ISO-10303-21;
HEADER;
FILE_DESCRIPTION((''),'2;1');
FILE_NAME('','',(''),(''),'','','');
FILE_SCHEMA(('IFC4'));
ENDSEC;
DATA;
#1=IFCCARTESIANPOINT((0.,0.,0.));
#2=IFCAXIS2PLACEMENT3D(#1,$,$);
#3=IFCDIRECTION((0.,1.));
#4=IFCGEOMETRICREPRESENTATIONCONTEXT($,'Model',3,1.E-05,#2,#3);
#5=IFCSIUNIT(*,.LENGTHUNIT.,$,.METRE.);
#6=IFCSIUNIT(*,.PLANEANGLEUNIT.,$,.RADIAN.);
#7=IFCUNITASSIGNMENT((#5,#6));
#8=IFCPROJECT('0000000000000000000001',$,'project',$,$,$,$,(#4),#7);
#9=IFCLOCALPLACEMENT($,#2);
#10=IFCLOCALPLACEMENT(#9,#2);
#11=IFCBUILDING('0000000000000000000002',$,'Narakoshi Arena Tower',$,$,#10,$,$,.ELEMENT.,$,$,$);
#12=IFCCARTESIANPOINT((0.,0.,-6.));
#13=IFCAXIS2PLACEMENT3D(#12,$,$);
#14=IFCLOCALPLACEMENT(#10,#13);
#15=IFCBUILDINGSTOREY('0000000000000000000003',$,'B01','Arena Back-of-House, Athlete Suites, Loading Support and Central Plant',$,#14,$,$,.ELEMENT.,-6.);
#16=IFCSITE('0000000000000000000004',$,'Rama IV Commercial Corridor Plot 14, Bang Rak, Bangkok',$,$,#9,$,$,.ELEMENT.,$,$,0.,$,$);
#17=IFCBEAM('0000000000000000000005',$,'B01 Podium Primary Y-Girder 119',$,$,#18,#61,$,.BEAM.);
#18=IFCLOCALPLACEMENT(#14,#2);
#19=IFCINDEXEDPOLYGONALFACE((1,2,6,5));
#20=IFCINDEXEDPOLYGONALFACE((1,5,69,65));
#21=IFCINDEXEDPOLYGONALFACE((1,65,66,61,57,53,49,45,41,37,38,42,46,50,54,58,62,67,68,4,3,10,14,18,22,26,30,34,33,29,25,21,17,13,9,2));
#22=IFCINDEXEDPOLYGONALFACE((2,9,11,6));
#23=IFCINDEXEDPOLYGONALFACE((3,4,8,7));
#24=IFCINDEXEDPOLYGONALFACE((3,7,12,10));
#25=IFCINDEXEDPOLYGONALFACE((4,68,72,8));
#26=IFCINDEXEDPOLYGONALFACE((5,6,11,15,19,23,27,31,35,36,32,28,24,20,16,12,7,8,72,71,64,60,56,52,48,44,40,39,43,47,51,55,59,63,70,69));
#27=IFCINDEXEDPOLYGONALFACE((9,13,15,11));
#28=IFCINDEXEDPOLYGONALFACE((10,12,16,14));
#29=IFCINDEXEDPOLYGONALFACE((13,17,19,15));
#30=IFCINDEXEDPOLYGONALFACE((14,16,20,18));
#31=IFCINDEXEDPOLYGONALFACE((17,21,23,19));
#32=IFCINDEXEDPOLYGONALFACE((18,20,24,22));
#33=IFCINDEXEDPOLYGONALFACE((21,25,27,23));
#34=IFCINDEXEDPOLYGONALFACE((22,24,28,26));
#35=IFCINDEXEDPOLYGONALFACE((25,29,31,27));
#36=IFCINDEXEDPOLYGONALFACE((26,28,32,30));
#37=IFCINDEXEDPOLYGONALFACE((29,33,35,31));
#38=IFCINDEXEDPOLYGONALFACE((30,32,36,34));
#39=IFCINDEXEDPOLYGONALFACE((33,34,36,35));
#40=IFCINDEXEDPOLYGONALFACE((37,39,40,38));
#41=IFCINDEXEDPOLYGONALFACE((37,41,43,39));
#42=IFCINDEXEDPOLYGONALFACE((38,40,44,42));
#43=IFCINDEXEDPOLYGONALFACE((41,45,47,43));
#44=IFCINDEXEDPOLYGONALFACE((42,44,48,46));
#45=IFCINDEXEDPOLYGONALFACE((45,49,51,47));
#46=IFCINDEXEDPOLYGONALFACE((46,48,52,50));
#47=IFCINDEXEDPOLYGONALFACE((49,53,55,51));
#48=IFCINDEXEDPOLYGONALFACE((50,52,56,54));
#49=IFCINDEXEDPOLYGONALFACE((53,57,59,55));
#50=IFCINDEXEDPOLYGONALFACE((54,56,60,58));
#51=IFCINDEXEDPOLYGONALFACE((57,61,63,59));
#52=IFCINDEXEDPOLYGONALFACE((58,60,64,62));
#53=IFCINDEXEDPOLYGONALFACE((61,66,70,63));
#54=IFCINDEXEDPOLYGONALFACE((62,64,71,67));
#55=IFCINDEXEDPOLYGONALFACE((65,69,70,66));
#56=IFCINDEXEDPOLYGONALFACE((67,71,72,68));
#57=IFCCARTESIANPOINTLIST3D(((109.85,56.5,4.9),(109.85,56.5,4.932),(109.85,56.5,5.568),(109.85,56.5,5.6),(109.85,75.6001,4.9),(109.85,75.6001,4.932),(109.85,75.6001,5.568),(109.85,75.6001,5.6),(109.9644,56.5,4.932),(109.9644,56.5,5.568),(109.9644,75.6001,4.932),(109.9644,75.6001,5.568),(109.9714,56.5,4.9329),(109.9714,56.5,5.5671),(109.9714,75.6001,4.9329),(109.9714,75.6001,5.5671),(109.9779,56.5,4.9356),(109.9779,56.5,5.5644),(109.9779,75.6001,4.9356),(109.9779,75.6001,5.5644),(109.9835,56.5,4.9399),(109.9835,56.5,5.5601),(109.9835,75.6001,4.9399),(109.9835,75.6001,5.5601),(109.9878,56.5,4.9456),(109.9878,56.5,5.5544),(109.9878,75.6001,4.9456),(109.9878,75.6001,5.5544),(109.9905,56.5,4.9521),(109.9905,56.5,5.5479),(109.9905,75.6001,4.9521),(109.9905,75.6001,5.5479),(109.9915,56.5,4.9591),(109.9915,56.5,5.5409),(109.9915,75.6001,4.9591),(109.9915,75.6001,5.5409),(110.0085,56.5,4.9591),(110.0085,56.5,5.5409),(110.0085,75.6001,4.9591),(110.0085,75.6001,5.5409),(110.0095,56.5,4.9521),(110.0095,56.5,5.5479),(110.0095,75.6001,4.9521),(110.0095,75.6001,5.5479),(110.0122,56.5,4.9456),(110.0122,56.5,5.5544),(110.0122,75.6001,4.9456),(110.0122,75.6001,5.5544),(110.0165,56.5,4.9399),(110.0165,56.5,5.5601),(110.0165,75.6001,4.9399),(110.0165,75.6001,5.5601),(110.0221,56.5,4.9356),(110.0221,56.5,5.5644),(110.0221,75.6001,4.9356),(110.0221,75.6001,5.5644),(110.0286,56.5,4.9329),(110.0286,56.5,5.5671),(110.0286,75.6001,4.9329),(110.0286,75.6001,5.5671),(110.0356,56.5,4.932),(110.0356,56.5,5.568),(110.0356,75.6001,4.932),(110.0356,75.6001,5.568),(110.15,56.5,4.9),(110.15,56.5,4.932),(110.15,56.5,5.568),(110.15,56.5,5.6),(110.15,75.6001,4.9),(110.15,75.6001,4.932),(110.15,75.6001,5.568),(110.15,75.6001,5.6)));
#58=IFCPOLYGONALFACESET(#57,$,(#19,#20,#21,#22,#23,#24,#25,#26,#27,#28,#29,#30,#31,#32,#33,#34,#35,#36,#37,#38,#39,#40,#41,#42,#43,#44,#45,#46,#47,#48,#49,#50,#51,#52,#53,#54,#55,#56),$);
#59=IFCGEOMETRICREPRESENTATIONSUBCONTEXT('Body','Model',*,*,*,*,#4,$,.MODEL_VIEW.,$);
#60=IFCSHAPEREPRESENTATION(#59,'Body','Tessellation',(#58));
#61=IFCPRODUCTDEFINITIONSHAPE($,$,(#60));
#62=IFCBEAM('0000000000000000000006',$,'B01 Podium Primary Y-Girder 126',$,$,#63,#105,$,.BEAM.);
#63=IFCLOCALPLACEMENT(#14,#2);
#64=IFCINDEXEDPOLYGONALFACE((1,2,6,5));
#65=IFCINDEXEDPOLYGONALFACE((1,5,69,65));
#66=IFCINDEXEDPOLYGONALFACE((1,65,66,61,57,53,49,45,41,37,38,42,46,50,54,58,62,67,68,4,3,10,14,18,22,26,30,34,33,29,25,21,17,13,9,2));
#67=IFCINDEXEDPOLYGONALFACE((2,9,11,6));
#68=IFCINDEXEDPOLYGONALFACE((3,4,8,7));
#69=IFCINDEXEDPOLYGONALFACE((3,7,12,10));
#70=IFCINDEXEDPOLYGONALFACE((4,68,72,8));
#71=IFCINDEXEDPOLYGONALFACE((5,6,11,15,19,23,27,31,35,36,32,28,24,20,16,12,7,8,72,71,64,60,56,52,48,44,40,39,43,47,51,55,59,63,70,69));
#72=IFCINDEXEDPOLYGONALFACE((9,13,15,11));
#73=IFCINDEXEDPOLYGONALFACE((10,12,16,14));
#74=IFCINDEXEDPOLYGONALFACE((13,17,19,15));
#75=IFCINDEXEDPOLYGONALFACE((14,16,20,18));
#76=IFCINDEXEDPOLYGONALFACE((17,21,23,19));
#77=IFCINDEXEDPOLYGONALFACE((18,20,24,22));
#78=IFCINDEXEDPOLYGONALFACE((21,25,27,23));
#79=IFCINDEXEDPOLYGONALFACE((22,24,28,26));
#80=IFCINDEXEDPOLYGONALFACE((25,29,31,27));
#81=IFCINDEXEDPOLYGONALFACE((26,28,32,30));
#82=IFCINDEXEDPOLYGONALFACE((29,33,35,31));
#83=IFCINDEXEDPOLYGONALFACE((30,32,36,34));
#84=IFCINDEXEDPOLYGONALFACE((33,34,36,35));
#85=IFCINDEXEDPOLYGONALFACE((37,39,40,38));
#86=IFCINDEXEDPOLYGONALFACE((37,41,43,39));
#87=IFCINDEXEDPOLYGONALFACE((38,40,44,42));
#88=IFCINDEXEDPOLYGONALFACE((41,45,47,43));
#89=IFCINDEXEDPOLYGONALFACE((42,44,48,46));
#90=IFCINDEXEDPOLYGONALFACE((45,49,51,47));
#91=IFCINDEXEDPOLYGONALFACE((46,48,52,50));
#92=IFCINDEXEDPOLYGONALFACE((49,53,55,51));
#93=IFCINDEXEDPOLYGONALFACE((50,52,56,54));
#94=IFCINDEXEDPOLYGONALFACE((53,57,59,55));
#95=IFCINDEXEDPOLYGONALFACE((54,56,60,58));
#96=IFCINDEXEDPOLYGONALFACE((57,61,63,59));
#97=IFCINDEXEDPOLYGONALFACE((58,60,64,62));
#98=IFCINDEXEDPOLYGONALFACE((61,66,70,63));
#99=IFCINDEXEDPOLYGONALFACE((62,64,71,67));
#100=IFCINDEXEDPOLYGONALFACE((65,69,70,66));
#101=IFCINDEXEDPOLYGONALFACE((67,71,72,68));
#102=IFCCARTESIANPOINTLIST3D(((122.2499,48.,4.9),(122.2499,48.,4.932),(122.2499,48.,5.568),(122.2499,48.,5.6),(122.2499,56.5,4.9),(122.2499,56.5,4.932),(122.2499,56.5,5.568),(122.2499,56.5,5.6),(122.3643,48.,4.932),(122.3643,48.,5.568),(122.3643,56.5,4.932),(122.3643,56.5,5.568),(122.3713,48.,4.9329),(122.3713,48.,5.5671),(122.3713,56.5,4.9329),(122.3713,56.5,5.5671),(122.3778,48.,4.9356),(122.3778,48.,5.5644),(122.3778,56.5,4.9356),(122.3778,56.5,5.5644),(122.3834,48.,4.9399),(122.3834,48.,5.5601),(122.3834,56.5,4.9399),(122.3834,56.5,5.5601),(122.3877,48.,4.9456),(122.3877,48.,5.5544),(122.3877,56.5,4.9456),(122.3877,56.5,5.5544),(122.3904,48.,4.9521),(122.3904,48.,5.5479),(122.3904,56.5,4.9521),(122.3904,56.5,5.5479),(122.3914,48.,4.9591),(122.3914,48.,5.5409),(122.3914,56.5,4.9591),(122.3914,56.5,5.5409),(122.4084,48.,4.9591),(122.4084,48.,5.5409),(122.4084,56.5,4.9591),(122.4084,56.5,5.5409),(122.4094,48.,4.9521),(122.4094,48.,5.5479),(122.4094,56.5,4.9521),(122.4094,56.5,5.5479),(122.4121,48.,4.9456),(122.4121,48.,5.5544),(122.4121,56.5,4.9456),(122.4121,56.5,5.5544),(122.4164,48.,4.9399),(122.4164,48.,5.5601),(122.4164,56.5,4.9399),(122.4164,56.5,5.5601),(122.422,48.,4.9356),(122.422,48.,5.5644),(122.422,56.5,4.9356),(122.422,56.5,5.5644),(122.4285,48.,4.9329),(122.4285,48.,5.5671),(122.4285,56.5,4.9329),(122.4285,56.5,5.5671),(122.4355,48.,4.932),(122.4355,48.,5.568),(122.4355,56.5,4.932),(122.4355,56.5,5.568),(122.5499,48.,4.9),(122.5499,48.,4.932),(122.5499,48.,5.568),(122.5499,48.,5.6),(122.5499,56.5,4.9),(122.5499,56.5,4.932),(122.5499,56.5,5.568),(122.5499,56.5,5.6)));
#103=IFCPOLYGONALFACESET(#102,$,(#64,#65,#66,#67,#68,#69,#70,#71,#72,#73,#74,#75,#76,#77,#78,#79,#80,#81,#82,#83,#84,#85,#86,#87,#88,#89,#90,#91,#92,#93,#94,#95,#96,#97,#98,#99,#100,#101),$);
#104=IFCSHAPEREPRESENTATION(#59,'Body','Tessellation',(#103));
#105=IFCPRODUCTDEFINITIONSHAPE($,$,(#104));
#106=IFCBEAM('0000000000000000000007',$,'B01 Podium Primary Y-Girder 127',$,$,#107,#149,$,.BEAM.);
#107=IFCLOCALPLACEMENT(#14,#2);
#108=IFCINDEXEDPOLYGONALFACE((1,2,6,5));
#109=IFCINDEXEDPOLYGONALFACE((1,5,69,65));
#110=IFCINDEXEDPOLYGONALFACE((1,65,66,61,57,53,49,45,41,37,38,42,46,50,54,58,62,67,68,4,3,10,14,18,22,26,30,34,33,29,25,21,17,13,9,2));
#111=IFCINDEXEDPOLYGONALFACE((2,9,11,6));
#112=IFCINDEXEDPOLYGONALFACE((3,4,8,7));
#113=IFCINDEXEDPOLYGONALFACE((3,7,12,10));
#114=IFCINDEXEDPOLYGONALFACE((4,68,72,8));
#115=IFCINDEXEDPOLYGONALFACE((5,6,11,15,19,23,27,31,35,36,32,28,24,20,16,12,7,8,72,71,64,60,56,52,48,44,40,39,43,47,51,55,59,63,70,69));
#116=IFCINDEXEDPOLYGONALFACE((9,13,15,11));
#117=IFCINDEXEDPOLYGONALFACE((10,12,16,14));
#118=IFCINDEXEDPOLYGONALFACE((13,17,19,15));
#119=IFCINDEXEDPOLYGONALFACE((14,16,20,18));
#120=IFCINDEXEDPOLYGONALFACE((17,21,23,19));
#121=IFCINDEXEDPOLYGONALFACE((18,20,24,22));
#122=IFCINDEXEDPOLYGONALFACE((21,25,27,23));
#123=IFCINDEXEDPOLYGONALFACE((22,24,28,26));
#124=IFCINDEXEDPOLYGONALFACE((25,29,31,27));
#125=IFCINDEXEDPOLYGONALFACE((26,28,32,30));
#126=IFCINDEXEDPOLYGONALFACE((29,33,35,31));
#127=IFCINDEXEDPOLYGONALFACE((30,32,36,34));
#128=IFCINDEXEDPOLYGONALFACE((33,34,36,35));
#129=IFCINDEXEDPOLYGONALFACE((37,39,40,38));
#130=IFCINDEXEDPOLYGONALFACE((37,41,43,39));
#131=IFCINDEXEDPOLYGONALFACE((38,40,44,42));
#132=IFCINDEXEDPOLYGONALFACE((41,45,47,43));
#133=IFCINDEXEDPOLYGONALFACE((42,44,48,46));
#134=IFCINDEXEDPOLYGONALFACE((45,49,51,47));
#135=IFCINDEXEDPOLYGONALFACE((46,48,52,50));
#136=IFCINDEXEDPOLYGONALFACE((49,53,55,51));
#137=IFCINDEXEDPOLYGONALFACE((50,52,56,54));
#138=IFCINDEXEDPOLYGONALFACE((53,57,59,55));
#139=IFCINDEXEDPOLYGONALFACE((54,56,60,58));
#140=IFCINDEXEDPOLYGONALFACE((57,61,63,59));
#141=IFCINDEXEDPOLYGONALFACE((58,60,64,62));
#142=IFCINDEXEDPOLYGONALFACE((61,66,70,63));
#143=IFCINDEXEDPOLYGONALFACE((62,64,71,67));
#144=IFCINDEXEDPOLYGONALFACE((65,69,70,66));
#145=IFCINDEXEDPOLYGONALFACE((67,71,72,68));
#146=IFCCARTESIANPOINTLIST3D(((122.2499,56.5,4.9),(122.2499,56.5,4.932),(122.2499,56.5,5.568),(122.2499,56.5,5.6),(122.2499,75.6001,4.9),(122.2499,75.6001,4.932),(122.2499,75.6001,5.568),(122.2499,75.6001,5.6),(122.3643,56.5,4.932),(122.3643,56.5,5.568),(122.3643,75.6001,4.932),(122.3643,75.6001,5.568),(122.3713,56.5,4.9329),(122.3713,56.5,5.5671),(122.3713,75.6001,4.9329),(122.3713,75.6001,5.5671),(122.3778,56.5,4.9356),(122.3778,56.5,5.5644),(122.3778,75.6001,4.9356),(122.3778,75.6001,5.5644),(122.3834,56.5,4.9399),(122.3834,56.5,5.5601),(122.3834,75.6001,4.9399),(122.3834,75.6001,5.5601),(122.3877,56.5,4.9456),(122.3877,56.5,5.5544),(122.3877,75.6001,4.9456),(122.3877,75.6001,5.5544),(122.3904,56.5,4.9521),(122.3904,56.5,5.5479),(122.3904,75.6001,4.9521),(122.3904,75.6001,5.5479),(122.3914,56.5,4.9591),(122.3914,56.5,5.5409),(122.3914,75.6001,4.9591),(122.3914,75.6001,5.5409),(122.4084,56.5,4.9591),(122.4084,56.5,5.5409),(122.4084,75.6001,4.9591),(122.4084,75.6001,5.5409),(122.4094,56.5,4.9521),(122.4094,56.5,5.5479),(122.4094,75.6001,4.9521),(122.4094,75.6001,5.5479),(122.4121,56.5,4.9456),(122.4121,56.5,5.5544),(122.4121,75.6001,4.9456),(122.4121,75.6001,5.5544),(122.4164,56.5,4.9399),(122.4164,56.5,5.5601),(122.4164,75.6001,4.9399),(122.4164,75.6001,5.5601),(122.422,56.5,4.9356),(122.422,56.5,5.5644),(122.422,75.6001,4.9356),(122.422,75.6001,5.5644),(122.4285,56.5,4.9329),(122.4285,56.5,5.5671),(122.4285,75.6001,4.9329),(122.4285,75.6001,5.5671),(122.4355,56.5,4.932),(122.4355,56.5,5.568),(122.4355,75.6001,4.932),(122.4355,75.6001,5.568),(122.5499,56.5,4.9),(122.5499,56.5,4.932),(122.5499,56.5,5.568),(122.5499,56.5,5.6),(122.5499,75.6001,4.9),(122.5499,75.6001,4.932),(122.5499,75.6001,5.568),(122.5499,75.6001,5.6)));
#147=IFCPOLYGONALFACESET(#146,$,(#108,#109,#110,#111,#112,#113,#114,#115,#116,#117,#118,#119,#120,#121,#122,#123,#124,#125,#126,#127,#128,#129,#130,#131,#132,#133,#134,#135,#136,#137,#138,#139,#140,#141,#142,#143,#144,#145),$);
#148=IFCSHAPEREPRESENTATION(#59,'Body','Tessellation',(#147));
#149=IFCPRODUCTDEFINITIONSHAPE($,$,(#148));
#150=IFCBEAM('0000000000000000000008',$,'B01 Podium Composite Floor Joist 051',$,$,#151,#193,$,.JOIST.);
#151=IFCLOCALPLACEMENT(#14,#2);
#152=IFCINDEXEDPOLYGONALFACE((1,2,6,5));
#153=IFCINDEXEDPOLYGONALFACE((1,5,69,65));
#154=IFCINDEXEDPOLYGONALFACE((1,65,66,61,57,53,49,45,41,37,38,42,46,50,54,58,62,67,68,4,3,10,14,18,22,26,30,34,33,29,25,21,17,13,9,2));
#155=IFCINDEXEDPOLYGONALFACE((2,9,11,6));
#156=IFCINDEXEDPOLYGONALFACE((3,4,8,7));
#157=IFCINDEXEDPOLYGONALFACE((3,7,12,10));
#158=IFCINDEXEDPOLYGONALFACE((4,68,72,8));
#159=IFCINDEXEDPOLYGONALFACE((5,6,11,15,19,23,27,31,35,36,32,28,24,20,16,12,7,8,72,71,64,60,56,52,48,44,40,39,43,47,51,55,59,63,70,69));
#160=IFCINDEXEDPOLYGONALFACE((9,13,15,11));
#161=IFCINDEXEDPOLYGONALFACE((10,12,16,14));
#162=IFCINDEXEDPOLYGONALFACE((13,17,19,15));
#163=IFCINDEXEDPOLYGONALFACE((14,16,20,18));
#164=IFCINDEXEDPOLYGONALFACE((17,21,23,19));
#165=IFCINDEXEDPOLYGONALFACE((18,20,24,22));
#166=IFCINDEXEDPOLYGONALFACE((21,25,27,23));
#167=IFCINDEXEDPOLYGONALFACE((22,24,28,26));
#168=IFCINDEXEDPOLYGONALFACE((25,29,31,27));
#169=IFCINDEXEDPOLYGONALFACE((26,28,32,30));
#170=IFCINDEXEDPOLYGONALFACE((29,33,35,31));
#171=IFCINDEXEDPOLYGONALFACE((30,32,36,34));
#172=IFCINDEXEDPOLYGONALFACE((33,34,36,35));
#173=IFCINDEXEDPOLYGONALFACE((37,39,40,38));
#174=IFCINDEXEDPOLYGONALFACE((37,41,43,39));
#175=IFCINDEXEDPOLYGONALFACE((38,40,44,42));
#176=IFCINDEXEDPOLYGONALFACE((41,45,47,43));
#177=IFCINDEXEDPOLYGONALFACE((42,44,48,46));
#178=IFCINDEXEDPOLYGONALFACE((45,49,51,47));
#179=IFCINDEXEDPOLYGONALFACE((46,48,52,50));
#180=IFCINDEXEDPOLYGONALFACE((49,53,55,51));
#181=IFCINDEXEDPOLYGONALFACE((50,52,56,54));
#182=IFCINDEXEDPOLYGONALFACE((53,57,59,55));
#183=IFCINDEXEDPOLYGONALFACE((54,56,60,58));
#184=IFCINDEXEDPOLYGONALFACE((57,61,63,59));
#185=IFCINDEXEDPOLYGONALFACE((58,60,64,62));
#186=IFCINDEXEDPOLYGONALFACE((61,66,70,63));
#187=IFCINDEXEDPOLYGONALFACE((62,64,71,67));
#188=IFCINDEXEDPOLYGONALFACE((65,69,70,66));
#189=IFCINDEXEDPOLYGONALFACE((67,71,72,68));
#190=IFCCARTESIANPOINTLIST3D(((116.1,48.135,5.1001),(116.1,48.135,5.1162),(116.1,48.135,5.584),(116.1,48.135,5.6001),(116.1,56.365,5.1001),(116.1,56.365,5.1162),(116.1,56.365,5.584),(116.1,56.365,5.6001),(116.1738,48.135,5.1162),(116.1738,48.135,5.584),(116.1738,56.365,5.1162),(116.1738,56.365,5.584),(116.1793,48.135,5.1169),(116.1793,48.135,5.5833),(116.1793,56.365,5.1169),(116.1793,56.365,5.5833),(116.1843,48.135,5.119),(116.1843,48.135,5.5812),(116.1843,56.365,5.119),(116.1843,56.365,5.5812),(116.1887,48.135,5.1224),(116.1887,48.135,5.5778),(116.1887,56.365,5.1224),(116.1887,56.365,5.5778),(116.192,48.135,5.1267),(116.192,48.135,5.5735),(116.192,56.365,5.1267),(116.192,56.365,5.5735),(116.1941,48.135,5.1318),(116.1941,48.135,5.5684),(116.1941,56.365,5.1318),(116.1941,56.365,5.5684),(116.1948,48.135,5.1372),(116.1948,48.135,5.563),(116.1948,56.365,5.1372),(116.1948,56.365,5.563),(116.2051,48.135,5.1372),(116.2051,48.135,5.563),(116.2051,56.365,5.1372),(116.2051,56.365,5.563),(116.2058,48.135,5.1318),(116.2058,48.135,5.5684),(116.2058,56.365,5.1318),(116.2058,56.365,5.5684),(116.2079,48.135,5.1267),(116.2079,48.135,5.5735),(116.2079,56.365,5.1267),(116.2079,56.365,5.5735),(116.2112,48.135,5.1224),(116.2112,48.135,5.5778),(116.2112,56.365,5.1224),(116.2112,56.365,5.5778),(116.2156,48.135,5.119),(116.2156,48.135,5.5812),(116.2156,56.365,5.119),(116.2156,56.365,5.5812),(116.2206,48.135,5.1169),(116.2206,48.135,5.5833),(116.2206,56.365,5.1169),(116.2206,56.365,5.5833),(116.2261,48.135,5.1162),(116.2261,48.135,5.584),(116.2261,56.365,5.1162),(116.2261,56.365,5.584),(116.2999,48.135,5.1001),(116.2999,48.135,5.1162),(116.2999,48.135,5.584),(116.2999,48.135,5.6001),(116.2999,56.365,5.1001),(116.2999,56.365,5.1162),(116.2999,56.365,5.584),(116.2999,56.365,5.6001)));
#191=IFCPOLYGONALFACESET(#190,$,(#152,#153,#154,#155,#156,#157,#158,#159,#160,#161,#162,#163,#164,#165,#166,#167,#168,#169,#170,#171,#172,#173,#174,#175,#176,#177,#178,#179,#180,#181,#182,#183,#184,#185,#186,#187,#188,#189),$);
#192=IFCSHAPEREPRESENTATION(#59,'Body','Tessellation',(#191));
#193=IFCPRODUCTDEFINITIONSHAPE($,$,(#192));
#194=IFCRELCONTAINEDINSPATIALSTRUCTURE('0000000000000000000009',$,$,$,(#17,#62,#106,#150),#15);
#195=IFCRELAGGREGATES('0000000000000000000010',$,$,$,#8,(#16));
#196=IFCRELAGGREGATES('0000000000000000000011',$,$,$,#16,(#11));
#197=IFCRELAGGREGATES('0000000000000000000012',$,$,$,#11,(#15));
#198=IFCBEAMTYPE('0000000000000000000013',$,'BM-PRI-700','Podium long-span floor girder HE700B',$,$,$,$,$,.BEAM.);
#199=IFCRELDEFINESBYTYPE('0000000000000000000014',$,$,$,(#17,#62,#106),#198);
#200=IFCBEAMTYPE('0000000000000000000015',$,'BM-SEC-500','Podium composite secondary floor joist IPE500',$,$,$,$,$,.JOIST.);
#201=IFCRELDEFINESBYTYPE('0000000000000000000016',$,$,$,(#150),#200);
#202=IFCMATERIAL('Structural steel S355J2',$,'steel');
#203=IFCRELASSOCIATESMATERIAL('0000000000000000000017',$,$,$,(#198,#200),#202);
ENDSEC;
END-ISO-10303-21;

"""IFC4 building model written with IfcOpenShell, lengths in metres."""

from ifc_helpers import new_model, si_unit, direction, frame, origin, origin_2d, place, context, subcontext, project, spatial, i_section, extrude, material, material_profile, profile_set, type_object, element, save


model = new_model("IFC4")

# Units and contexts
model_context = context("Model", 3, precision=1e-05, world=origin(), true_north=direction((0.0, 1.0)))
body_context = subcontext(model_context, "Body", "Model", "MODEL_VIEW")
ifc_project = project(units=[si_unit("LENGTHUNIT", "METRE"), si_unit("PLANEANGLEUNIT", "RADIAN")], contexts=[model_context])

# Site, building, storey
site_placement = place(None, origin())
site = spatial("IfcSite", under=ifc_project, at=site_placement, Name="Rama IV Commercial Corridor Plot 14, Bang Rak, Bangkok", CompositionType="ELEMENT", RefElevation=0.0)
building_placement = place(site_placement, origin())
building = spatial("IfcBuilding", under=site, at=building_placement, Name="Narakoshi Arena Tower", CompositionType="ELEMENT")
storey_placement = place(building_placement, frame((0.0, 0.0, -6.0)))
storey = spatial("IfcBuildingStorey", under=building, at=storey_placement, Name="B01", Description="Arena Back-of-House, Athlete Suites, Loading Support and Central Plant", CompositionType="ELEMENT", Elevation=-6.0)

# Shared definitions
ifc_material_1 = material(Name="Structural steel S355J2", Category="steel")

# Beams
ifc_material_profile_1 = material_profile(ifc_material_1, i_section(OverallWidth=0.3, OverallDepth=0.7, WebThickness=0.0171, FlangeThickness=0.032, FilletRadius=0.0271, at=origin_2d()), Name="HE700B")
ifc_profile_set_1 = profile_set([ifc_material_profile_1], Name="Structural steel S355J2")
beam_type_1 = type_object("IfcBeamType", Name="BM-PRI-700", Description="Podium long-span floor girder HE700B", PredefinedType="BEAM", material=ifc_profile_set_1)
beam_1_placement = place(storey_placement, frame((110.0, 56.5, 5.25), z_axis=(0.0, 1.0, 0.0), x_axis=(-1.0, 0.0, 0.0)))
element("IfcBeam", 1, at=beam_1_placement, inside=storey, type_object=beam_type_1, Name="B01 Podium Primary Y-Girder 119", PredefinedType="BEAM", context=body_context, shape_type="SweptSolid", body=[
    extrude(i_section(OverallWidth=0.3, OverallDepth=0.7, WebThickness=0.0171, FlangeThickness=0.032, FilletRadius=0.0271, at=origin_2d()), origin(), (0.0, 0.0, 1.0), 19.1001),
])
beam_2_placement = place(storey_placement, frame((122.3999, 48.0, 5.25), z_axis=(0.0, 1.0, 0.0), x_axis=(-1.0, 0.0, 0.0)))
element("IfcBeam", 2, at=beam_2_placement, inside=storey, type_object=beam_type_1, Name="B01 Podium Primary Y-Girder 126", PredefinedType="BEAM", context=body_context, shape_type="SweptSolid", body=[
    extrude(i_section(OverallWidth=0.3, OverallDepth=0.7, WebThickness=0.0171, FlangeThickness=0.032, FilletRadius=0.0271, at=origin_2d()), origin(), (0.0, 0.0, 1.0), 8.5),
])
beam_3_placement = place(storey_placement, frame((122.3999, 56.5, 5.25), z_axis=(0.0, 1.0, 0.0), x_axis=(-1.0, 0.0, 0.0)))
element("IfcBeam", 3, at=beam_3_placement, inside=storey, type_object=beam_type_1, Name="B01 Podium Primary Y-Girder 127", PredefinedType="BEAM", context=body_context, shape_type="SweptSolid", body=[
    extrude(i_section(OverallWidth=0.3, OverallDepth=0.7, WebThickness=0.0171, FlangeThickness=0.032, FilletRadius=0.0271, at=origin_2d()), origin(), (0.0, 0.0, 1.0), 19.1001),
])
ifc_material_profile_2 = material_profile(ifc_material_1, i_section(OverallWidth=0.2, OverallDepth=0.5, WebThickness=0.0103, FlangeThickness=0.0161, FilletRadius=0.021, at=origin_2d()), Name="IPE500")
ifc_profile_set_2 = profile_set([ifc_material_profile_2], Name="Structural steel S355J2")
beam_type_2 = type_object("IfcBeamType", Name="BM-SEC-500", Description="Podium composite secondary floor joist IPE500", PredefinedType="JOIST", material=ifc_profile_set_2)
beam_4_placement = place(storey_placement, frame((116.2, 48.135, 5.3501), z_axis=(0.0, 1.0, 0.0), x_axis=(-1.0, 0.0, 0.0)))
element("IfcBeam", 4, at=beam_4_placement, inside=storey, type_object=beam_type_2, Name="B01 Podium Composite Floor Joist 051", PredefinedType="JOIST", context=body_context, shape_type="SweptSolid", body=[
    extrude(i_section(OverallWidth=0.2, OverallDepth=0.5, WebThickness=0.0103, FlangeThickness=0.0161, FilletRadius=0.021, at=origin_2d()), origin(), (0.0, 0.0, 1.0), 8.23),
])

save(model, "model.ifc")
